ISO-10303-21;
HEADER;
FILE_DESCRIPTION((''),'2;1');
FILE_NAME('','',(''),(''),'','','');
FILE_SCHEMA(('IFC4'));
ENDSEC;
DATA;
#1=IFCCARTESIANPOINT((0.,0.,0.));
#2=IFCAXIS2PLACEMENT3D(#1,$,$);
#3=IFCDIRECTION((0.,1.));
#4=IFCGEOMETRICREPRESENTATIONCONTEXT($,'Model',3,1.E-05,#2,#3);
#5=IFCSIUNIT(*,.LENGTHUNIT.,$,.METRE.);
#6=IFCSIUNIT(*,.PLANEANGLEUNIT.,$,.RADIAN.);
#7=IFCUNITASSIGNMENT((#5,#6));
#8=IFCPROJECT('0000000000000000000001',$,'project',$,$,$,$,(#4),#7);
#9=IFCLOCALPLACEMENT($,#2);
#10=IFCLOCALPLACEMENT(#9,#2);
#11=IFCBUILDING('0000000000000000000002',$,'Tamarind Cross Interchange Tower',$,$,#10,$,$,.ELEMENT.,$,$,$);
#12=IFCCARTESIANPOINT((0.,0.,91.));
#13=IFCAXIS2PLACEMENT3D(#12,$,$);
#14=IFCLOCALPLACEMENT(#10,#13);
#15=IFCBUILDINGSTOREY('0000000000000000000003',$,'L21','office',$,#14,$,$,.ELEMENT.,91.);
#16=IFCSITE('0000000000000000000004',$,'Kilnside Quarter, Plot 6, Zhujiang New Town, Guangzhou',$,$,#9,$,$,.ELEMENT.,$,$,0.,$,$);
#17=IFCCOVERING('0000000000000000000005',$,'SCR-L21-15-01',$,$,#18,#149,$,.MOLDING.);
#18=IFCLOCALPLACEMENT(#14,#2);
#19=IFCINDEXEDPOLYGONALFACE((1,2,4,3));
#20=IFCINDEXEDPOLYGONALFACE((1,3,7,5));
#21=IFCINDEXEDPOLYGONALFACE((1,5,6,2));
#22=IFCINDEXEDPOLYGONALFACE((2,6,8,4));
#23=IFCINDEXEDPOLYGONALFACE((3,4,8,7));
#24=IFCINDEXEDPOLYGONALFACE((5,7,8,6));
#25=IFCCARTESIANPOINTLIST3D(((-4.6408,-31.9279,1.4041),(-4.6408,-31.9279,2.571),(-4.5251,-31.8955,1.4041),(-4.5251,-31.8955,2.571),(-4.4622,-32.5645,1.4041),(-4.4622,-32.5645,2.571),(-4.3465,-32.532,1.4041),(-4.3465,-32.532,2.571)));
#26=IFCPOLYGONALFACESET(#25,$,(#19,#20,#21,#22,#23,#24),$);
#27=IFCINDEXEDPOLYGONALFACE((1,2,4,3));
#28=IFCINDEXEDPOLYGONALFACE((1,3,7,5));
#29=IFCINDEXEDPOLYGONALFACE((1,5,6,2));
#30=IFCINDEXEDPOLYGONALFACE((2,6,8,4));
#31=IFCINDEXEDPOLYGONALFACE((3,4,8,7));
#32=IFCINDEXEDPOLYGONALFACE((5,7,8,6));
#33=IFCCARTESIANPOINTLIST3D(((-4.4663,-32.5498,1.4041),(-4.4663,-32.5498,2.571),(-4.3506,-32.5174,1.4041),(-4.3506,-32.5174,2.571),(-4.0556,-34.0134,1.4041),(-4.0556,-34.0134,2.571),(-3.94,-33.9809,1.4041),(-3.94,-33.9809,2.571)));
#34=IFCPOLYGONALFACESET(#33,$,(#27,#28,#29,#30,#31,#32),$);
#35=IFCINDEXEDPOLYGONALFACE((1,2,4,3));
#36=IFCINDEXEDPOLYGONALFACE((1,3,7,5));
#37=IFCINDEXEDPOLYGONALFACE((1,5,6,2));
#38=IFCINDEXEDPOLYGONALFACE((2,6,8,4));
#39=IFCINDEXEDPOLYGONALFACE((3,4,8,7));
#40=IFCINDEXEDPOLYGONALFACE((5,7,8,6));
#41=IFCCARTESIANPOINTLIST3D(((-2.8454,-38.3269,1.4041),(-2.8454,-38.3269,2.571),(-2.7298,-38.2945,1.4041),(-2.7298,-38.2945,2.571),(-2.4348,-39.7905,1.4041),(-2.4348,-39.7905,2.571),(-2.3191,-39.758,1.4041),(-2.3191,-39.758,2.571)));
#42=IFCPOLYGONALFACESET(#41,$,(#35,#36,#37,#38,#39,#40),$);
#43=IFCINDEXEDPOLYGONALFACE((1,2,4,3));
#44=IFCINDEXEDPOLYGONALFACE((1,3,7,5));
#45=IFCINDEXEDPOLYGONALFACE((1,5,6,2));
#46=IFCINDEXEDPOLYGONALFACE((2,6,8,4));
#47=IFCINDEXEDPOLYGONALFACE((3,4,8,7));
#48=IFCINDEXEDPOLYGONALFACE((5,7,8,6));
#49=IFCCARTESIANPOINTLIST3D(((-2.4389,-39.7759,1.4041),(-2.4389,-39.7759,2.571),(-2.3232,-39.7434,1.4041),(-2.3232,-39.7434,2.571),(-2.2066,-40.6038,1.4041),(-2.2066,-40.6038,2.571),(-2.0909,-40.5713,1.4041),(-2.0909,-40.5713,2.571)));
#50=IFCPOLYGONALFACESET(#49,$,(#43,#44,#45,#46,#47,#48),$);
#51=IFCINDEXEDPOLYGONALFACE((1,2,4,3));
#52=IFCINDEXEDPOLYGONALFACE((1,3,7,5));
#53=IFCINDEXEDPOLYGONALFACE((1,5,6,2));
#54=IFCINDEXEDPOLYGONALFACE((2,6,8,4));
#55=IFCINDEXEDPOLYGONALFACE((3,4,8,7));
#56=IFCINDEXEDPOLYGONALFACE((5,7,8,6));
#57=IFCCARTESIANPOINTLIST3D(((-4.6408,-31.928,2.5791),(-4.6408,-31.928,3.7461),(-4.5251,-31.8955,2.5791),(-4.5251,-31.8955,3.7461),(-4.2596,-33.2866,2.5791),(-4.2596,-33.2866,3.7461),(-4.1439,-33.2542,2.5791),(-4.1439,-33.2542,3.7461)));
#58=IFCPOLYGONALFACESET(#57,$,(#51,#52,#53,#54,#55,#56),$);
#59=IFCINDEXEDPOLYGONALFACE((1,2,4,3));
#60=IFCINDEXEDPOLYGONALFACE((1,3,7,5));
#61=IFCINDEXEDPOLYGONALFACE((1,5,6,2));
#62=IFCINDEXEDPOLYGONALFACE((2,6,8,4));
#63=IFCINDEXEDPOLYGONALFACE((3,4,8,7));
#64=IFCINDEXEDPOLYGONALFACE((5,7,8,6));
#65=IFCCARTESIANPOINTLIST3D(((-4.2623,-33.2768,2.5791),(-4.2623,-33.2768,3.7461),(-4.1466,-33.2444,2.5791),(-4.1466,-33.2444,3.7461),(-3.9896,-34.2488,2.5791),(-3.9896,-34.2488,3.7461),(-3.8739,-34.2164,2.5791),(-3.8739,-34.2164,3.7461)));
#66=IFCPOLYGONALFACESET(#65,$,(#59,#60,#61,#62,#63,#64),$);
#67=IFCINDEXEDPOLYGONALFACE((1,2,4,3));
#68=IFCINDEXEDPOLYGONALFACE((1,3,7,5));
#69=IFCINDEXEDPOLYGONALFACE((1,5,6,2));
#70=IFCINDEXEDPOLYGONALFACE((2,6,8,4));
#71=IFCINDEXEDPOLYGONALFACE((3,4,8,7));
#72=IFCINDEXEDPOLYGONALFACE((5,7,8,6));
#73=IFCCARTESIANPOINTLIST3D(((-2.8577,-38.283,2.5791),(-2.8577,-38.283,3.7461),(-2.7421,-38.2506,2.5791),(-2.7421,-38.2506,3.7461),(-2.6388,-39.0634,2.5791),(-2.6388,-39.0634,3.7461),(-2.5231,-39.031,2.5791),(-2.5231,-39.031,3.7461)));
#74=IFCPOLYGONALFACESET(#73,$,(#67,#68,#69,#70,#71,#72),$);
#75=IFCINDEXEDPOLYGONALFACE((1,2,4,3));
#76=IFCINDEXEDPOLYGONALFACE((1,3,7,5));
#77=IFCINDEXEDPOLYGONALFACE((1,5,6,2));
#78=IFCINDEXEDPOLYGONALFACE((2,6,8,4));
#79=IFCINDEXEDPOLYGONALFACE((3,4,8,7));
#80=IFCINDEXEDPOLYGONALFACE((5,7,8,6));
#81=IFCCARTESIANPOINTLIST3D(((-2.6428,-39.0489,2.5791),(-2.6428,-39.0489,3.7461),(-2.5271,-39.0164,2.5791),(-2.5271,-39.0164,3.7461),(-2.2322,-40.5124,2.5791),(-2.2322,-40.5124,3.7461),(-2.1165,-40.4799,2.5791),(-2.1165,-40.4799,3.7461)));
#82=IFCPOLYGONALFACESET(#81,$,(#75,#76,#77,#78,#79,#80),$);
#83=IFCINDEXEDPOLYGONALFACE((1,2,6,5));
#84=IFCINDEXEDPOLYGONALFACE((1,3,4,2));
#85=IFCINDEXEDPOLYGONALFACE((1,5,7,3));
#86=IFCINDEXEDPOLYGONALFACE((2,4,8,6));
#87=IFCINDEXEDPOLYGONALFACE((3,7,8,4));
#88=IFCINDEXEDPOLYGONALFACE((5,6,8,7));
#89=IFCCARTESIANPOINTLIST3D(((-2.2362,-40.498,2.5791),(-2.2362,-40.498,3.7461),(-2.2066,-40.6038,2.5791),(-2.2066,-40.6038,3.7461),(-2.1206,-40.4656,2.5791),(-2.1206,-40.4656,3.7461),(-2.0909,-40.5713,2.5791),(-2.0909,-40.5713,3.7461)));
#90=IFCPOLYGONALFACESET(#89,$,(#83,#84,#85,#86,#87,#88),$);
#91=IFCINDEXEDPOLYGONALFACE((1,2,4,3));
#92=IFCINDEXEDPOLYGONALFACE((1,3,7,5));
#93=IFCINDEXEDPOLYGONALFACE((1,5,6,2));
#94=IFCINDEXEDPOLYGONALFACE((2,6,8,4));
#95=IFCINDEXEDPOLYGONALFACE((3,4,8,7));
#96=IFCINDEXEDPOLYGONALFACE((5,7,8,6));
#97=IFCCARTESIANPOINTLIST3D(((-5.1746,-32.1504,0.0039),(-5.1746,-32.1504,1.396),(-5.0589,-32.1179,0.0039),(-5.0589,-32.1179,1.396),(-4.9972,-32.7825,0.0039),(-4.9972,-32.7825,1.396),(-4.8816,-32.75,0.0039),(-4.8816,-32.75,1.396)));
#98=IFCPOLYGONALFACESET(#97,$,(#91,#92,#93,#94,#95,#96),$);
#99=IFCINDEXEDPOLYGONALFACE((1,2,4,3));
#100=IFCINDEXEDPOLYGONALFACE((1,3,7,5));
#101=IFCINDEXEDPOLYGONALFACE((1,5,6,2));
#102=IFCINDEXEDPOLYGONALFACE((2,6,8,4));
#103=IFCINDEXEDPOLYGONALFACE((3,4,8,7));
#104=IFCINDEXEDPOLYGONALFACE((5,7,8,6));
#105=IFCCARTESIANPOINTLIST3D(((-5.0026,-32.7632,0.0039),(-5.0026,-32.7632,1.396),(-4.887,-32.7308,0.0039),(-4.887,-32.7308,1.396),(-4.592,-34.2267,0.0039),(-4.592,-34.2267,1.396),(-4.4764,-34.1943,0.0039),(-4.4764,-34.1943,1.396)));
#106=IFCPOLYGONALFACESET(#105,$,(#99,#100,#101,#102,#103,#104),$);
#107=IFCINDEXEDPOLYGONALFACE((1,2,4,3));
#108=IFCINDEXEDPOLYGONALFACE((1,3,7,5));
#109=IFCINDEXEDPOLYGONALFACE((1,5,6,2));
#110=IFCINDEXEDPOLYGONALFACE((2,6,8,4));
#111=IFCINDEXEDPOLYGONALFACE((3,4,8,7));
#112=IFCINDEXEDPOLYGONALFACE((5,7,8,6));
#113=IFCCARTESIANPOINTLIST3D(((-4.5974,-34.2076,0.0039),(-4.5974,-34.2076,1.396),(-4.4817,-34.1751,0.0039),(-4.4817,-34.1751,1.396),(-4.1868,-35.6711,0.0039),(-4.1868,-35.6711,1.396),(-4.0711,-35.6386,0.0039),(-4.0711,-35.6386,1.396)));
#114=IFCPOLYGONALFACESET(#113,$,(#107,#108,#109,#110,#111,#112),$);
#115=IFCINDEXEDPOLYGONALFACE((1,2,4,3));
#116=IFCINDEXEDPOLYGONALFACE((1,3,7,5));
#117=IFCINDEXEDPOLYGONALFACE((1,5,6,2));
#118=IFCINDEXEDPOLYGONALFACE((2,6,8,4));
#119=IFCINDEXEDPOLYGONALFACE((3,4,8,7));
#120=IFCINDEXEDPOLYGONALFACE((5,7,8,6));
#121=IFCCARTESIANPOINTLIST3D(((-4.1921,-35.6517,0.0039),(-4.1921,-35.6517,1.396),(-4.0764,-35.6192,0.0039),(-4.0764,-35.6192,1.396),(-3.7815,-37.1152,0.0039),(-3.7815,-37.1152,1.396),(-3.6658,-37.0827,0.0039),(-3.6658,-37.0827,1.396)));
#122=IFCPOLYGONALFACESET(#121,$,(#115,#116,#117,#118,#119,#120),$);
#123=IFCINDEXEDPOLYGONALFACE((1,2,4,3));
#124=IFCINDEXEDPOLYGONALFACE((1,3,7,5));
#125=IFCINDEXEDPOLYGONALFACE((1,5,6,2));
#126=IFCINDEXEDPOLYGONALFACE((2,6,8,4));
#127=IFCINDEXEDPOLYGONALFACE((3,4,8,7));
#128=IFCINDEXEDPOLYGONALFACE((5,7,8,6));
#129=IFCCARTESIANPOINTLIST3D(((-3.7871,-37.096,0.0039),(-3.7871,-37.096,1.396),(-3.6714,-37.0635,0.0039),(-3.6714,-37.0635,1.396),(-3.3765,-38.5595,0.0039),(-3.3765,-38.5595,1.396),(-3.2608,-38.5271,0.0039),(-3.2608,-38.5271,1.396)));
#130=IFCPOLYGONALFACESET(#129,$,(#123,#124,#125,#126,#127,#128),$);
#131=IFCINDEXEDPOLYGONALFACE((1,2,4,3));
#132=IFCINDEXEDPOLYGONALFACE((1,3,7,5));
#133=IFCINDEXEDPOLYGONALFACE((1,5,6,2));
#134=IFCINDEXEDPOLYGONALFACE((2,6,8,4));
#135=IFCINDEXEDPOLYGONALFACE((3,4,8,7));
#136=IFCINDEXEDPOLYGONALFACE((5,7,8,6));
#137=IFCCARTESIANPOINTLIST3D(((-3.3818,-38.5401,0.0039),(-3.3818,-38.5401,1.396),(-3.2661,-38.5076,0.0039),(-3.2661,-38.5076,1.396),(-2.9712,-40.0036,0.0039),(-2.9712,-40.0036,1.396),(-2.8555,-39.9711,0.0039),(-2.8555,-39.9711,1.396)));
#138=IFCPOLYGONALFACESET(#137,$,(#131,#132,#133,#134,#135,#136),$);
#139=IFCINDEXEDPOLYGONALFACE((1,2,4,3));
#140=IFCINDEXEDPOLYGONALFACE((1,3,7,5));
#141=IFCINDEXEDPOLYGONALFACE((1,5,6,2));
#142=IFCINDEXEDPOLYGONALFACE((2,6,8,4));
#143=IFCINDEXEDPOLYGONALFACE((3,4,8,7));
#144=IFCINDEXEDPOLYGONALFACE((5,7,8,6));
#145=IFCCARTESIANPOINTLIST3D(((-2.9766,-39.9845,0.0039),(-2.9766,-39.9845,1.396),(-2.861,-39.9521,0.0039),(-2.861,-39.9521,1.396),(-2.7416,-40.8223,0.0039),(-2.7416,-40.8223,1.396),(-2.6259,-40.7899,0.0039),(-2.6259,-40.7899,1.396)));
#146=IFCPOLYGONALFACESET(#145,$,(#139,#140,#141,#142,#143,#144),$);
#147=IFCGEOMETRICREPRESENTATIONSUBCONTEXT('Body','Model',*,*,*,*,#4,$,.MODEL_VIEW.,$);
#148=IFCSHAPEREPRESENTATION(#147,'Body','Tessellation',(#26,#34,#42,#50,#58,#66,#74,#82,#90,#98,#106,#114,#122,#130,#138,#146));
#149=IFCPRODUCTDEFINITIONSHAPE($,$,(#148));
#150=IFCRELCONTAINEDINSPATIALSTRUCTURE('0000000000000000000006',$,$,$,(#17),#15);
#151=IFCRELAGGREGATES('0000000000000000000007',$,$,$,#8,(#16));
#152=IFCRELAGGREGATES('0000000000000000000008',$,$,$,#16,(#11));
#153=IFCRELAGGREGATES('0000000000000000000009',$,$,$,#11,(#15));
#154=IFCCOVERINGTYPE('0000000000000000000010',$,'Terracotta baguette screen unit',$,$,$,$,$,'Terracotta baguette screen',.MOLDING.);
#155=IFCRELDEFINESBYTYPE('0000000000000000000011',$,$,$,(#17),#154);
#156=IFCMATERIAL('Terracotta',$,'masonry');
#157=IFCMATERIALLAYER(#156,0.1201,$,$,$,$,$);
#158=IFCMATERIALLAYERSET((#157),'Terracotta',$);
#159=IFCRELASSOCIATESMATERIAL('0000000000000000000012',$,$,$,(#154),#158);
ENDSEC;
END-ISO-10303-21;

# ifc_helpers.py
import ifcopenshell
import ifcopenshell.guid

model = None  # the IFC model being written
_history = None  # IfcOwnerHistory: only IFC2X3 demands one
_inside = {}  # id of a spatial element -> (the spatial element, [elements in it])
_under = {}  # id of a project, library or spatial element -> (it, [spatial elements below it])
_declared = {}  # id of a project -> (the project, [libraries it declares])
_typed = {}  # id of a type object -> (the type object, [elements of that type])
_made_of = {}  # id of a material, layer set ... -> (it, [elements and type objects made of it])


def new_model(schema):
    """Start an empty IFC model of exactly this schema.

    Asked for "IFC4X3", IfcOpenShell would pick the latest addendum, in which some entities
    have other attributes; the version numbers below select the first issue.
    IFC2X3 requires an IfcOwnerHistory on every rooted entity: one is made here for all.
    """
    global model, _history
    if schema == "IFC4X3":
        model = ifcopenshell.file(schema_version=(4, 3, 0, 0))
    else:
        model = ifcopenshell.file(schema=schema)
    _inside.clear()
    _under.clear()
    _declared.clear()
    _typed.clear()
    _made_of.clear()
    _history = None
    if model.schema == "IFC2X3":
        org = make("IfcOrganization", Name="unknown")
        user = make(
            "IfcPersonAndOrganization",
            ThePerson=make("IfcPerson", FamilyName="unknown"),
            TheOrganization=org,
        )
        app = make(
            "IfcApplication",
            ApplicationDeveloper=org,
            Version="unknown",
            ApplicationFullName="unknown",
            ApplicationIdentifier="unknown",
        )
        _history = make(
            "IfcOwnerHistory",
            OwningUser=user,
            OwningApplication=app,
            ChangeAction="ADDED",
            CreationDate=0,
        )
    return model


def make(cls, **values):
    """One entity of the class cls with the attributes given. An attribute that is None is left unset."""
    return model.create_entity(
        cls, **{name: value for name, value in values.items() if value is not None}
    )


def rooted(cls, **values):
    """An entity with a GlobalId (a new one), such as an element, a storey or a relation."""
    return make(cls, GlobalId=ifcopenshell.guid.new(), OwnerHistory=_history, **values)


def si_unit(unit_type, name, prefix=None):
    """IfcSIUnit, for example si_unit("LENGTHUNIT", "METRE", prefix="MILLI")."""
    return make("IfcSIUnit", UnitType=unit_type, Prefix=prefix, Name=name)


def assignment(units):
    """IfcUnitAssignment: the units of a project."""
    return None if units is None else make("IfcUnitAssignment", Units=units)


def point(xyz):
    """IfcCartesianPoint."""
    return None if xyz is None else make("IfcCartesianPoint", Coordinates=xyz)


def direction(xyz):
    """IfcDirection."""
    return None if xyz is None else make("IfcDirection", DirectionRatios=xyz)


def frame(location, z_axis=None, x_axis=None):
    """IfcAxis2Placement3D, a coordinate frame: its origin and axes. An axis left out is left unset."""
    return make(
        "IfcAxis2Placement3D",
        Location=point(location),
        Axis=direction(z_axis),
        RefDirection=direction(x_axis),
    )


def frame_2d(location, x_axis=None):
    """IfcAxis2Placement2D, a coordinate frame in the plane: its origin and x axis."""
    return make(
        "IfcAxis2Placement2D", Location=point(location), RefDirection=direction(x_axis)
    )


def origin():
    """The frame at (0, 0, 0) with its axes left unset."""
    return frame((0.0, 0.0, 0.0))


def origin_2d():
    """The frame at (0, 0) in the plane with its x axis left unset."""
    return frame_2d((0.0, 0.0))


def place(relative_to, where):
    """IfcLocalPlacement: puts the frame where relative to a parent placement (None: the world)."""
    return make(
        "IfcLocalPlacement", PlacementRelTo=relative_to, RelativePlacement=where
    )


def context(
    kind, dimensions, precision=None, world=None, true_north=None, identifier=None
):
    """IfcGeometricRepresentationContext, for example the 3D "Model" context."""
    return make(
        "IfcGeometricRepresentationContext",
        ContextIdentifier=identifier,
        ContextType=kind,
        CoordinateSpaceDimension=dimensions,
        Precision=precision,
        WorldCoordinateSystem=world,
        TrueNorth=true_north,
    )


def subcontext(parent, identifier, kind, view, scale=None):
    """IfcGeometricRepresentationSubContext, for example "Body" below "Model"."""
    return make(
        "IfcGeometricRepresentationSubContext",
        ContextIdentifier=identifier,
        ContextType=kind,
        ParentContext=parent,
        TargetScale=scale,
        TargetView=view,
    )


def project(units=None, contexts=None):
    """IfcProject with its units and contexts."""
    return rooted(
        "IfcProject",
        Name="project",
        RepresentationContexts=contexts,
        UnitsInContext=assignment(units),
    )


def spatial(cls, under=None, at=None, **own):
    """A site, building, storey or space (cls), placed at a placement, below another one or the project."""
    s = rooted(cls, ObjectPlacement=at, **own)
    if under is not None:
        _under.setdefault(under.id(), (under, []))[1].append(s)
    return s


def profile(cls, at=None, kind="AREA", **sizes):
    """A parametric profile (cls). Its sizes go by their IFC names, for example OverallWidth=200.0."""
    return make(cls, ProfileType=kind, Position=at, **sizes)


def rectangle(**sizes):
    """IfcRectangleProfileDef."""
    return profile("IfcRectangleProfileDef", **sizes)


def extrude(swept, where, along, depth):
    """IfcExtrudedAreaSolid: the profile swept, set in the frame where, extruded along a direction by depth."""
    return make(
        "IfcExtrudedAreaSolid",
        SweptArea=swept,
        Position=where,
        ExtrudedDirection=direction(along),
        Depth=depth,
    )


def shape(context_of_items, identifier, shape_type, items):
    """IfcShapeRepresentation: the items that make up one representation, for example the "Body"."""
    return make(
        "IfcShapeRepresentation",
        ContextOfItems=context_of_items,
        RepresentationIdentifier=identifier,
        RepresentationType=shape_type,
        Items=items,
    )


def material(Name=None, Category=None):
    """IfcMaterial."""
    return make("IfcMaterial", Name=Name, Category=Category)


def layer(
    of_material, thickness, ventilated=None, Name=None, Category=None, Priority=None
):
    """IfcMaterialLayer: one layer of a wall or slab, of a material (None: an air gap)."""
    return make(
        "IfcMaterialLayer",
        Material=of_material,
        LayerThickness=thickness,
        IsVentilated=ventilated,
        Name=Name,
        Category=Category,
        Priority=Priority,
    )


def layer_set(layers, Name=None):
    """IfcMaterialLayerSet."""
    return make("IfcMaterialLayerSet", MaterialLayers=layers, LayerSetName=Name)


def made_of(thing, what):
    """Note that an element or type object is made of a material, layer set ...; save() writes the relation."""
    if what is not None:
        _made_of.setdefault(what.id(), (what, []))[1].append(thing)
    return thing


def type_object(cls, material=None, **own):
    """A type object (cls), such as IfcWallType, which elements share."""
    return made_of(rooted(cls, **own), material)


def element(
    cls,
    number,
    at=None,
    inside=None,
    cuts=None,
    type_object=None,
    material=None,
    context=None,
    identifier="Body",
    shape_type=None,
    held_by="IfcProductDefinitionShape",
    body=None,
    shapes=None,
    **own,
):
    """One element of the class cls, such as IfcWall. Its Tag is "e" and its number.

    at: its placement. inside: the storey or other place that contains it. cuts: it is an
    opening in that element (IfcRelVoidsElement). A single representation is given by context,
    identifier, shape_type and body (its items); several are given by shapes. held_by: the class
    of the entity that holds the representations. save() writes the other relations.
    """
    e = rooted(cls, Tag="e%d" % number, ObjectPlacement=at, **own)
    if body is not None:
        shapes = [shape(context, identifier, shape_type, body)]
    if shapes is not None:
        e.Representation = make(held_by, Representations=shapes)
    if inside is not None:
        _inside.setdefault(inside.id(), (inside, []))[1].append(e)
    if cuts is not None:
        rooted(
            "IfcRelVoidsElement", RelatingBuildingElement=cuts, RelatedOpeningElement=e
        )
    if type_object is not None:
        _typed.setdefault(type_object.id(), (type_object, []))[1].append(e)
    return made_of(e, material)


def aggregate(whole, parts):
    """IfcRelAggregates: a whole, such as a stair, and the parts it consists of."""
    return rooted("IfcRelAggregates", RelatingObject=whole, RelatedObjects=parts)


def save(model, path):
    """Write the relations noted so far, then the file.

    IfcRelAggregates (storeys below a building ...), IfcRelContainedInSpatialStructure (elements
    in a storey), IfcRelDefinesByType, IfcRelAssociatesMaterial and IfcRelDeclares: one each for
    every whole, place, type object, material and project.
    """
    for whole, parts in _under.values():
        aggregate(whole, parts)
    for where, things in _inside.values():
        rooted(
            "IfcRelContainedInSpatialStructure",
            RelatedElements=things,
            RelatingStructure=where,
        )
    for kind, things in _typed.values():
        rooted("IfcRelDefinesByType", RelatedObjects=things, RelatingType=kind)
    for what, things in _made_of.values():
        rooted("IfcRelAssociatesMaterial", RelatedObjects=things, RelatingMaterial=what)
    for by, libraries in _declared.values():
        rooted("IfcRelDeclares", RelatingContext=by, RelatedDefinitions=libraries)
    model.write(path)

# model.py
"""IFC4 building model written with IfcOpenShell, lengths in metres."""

from ifc_helpers import new_model, si_unit, direction, frame, origin, origin_2d, place, context, subcontext, project, spatial, rectangle, extrude, material, layer, layer_set, type_object, element, save


model = new_model("IFC4")

# Units and contexts
model_context = context("Model", 3, precision=1e-05, world=origin(), true_north=direction((0.0, 1.0)))
body_context = subcontext(model_context, "Body", "Model", "MODEL_VIEW")
ifc_project = project(units=[si_unit("LENGTHUNIT", "METRE"), si_unit("PLANEANGLEUNIT", "RADIAN")], contexts=[model_context])

# Site, building, storey
site_placement = place(None, origin())
site = spatial("IfcSite", under=ifc_project, at=site_placement, Name="Kilnside Quarter, Plot 6, Zhujiang New Town, Guangzhou", CompositionType="ELEMENT", RefElevation=0.0)
building_placement = place(site_placement, origin())
building = spatial("IfcBuilding", under=site, at=building_placement, Name="Tamarind Cross Interchange Tower", CompositionType="ELEMENT")
storey_placement = place(building_placement, frame((0.0, 0.0, 91.0)))
storey = spatial("IfcBuildingStorey", under=building, at=storey_placement, Name="L21", Description="office", CompositionType="ELEMENT", Elevation=91.0)

# Covering
ifc_material_1 = material(Name="Terracotta", Category="masonry")
ifc_layer_1 = layer(ifc_material_1, 0.1201)
ifc_layer_set_1 = layer_set([ifc_layer_1], Name="Terracotta")
covering_type = type_object("IfcCoveringType", Name="Terracotta baguette screen unit", ElementType="Terracotta baguette screen", PredefinedType="MOLDING", material=ifc_layer_set_1)
covering_1_placement = place(storey_placement, origin())
element("IfcCovering", 1, at=covering_1_placement, inside=storey, type_object=covering_type, Name="SCR-L21-15-01", PredefinedType="MOLDING", context=body_context, shape_type="SweptSolid", body=[
    extrude(rectangle(XDim=0.6611, YDim=0.1201, at=origin_2d()), frame((-4.4937, -32.23, 1.4041), z_axis=(0.0, 0.0, 1.0), x_axis=(0.27013, -0.962824, 0.0)), (0.0, 0.0, 1.0), 1.167),
    extrude(rectangle(XDim=1.52, YDim=0.1201, at=origin_2d()), frame((-4.2031, -33.2654, 1.4041), z_axis=(0.0, 0.0, 1.0), x_axis=(0.27013, -0.962824, 0.0)), (0.0, 0.0, 1.0), 1.167),
    extrude(rectangle(XDim=1.52, YDim=0.1201, at=origin_2d()), frame((-2.5823, -39.0425, 1.4041), z_axis=(0.0, 0.0, 1.0), x_axis=(0.27013, -0.962824, 0.0)), (0.0, 0.0, 1.0), 1.167),
    extrude(rectangle(XDim=0.8599, YDim=0.1201, at=origin_2d()), frame((-2.2649, -40.1736, 1.4041), z_axis=(0.0, 0.0, 1.0), x_axis=(0.27013, -0.962824, 0.0)), (0.0, 0.0, 1.0), 1.167),
    extrude(rectangle(XDim=1.4111, YDim=0.1201, at=origin_2d()), frame((-4.3923, -32.5911, 2.5791), z_axis=(0.0, 0.0, 1.0), x_axis=(0.27013, -0.962824, 0.0)), (0.0, 0.0, 1.0), 1.167),
    extrude(rectangle(XDim=1.0095, YDim=0.1201, at=origin_2d()), frame((-4.0681, -33.7466, 2.5791), z_axis=(0.0, 0.0, 1.0), x_axis=(0.27013, -0.962824, 0.0)), (0.0, 0.0, 1.0), 1.167),
    extrude(rectangle(XDim=0.8105, YDim=0.1201, at=origin_2d()), frame((-2.6904, -38.657, 2.5791), z_axis=(0.0, 0.0, 1.0), x_axis=(0.27013, -0.962824, 0.0)), (0.0, 0.0, 1.0), 1.167),
    extrude(rectangle(XDim=1.52, YDim=0.1201, at=origin_2d()), frame((-2.3796, -39.7644, 2.5791), z_axis=(0.0, 0.0, 1.0), x_axis=(0.27013, -0.962824, 0.0)), (0.0, 0.0, 1.0), 1.167),
    extrude(rectangle(XDim=0.1099, YDim=0.1201, at=origin_2d()), frame((-2.1636, -40.5347, 2.5791), z_axis=(0.0, 0.0, 1.0), x_axis=(0.27013, -0.962824, 0.0)), (0.0, 0.0, 1.0), 1.167),
    extrude(rectangle(XDim=0.6565, YDim=0.1201, at=origin_2d()), frame((-5.0281, -32.4502, 0.0039), z_axis=(0.0, 0.0, 1.0), x_axis=(0.27013, -0.962824, 0.0)), (0.0, 0.0, 1.0), 1.3921),
    extrude(rectangle(XDim=1.52, YDim=0.1201, at=origin_2d()), frame((-4.7395, -33.4788, 0.0039), z_axis=(0.0, 0.0, 1.0), x_axis=(0.27013, -0.962824, 0.0)), (0.0, 0.0, 1.0), 1.3921),
    extrude(rectangle(XDim=1.52, YDim=0.1201, at=origin_2d()), frame((-4.3342, -34.9231, 0.0039), z_axis=(0.0, 0.0, 1.0), x_axis=(0.27013, -0.962824, 0.0)), (0.0, 0.0, 1.0), 1.3921),
    extrude(rectangle(XDim=1.52, YDim=0.1201, at=origin_2d()), frame((-3.929, -36.3672, 0.0039), z_axis=(0.0, 0.0, 1.0), x_axis=(0.27013, -0.962824, 0.0)), (0.0, 0.0, 1.0), 1.3921),
    extrude(rectangle(XDim=1.52, YDim=0.1201, at=origin_2d()), frame((-3.5239, -37.8115, 0.0039), z_axis=(0.0, 0.0, 1.0), x_axis=(0.27013, -0.962824, 0.0)), (0.0, 0.0, 1.0), 1.3921),
    extrude(rectangle(XDim=1.52, YDim=0.1201, at=origin_2d()), frame((-3.1187, -39.2556, 0.0039), z_axis=(0.0, 0.0, 1.0), x_axis=(0.27013, -0.962824, 0.0)), (0.0, 0.0, 1.0), 1.3921),
    extrude(rectangle(XDim=0.8701, YDim=0.1201, at=origin_2d()), frame((-2.8013, -40.3872, 0.0039), z_axis=(0.0, 0.0, 1.0), x_axis=(0.27013, -0.962824, 0.0)), (0.0, 0.0, 1.0), 1.3921),
])

save(model, "model.ifc")
